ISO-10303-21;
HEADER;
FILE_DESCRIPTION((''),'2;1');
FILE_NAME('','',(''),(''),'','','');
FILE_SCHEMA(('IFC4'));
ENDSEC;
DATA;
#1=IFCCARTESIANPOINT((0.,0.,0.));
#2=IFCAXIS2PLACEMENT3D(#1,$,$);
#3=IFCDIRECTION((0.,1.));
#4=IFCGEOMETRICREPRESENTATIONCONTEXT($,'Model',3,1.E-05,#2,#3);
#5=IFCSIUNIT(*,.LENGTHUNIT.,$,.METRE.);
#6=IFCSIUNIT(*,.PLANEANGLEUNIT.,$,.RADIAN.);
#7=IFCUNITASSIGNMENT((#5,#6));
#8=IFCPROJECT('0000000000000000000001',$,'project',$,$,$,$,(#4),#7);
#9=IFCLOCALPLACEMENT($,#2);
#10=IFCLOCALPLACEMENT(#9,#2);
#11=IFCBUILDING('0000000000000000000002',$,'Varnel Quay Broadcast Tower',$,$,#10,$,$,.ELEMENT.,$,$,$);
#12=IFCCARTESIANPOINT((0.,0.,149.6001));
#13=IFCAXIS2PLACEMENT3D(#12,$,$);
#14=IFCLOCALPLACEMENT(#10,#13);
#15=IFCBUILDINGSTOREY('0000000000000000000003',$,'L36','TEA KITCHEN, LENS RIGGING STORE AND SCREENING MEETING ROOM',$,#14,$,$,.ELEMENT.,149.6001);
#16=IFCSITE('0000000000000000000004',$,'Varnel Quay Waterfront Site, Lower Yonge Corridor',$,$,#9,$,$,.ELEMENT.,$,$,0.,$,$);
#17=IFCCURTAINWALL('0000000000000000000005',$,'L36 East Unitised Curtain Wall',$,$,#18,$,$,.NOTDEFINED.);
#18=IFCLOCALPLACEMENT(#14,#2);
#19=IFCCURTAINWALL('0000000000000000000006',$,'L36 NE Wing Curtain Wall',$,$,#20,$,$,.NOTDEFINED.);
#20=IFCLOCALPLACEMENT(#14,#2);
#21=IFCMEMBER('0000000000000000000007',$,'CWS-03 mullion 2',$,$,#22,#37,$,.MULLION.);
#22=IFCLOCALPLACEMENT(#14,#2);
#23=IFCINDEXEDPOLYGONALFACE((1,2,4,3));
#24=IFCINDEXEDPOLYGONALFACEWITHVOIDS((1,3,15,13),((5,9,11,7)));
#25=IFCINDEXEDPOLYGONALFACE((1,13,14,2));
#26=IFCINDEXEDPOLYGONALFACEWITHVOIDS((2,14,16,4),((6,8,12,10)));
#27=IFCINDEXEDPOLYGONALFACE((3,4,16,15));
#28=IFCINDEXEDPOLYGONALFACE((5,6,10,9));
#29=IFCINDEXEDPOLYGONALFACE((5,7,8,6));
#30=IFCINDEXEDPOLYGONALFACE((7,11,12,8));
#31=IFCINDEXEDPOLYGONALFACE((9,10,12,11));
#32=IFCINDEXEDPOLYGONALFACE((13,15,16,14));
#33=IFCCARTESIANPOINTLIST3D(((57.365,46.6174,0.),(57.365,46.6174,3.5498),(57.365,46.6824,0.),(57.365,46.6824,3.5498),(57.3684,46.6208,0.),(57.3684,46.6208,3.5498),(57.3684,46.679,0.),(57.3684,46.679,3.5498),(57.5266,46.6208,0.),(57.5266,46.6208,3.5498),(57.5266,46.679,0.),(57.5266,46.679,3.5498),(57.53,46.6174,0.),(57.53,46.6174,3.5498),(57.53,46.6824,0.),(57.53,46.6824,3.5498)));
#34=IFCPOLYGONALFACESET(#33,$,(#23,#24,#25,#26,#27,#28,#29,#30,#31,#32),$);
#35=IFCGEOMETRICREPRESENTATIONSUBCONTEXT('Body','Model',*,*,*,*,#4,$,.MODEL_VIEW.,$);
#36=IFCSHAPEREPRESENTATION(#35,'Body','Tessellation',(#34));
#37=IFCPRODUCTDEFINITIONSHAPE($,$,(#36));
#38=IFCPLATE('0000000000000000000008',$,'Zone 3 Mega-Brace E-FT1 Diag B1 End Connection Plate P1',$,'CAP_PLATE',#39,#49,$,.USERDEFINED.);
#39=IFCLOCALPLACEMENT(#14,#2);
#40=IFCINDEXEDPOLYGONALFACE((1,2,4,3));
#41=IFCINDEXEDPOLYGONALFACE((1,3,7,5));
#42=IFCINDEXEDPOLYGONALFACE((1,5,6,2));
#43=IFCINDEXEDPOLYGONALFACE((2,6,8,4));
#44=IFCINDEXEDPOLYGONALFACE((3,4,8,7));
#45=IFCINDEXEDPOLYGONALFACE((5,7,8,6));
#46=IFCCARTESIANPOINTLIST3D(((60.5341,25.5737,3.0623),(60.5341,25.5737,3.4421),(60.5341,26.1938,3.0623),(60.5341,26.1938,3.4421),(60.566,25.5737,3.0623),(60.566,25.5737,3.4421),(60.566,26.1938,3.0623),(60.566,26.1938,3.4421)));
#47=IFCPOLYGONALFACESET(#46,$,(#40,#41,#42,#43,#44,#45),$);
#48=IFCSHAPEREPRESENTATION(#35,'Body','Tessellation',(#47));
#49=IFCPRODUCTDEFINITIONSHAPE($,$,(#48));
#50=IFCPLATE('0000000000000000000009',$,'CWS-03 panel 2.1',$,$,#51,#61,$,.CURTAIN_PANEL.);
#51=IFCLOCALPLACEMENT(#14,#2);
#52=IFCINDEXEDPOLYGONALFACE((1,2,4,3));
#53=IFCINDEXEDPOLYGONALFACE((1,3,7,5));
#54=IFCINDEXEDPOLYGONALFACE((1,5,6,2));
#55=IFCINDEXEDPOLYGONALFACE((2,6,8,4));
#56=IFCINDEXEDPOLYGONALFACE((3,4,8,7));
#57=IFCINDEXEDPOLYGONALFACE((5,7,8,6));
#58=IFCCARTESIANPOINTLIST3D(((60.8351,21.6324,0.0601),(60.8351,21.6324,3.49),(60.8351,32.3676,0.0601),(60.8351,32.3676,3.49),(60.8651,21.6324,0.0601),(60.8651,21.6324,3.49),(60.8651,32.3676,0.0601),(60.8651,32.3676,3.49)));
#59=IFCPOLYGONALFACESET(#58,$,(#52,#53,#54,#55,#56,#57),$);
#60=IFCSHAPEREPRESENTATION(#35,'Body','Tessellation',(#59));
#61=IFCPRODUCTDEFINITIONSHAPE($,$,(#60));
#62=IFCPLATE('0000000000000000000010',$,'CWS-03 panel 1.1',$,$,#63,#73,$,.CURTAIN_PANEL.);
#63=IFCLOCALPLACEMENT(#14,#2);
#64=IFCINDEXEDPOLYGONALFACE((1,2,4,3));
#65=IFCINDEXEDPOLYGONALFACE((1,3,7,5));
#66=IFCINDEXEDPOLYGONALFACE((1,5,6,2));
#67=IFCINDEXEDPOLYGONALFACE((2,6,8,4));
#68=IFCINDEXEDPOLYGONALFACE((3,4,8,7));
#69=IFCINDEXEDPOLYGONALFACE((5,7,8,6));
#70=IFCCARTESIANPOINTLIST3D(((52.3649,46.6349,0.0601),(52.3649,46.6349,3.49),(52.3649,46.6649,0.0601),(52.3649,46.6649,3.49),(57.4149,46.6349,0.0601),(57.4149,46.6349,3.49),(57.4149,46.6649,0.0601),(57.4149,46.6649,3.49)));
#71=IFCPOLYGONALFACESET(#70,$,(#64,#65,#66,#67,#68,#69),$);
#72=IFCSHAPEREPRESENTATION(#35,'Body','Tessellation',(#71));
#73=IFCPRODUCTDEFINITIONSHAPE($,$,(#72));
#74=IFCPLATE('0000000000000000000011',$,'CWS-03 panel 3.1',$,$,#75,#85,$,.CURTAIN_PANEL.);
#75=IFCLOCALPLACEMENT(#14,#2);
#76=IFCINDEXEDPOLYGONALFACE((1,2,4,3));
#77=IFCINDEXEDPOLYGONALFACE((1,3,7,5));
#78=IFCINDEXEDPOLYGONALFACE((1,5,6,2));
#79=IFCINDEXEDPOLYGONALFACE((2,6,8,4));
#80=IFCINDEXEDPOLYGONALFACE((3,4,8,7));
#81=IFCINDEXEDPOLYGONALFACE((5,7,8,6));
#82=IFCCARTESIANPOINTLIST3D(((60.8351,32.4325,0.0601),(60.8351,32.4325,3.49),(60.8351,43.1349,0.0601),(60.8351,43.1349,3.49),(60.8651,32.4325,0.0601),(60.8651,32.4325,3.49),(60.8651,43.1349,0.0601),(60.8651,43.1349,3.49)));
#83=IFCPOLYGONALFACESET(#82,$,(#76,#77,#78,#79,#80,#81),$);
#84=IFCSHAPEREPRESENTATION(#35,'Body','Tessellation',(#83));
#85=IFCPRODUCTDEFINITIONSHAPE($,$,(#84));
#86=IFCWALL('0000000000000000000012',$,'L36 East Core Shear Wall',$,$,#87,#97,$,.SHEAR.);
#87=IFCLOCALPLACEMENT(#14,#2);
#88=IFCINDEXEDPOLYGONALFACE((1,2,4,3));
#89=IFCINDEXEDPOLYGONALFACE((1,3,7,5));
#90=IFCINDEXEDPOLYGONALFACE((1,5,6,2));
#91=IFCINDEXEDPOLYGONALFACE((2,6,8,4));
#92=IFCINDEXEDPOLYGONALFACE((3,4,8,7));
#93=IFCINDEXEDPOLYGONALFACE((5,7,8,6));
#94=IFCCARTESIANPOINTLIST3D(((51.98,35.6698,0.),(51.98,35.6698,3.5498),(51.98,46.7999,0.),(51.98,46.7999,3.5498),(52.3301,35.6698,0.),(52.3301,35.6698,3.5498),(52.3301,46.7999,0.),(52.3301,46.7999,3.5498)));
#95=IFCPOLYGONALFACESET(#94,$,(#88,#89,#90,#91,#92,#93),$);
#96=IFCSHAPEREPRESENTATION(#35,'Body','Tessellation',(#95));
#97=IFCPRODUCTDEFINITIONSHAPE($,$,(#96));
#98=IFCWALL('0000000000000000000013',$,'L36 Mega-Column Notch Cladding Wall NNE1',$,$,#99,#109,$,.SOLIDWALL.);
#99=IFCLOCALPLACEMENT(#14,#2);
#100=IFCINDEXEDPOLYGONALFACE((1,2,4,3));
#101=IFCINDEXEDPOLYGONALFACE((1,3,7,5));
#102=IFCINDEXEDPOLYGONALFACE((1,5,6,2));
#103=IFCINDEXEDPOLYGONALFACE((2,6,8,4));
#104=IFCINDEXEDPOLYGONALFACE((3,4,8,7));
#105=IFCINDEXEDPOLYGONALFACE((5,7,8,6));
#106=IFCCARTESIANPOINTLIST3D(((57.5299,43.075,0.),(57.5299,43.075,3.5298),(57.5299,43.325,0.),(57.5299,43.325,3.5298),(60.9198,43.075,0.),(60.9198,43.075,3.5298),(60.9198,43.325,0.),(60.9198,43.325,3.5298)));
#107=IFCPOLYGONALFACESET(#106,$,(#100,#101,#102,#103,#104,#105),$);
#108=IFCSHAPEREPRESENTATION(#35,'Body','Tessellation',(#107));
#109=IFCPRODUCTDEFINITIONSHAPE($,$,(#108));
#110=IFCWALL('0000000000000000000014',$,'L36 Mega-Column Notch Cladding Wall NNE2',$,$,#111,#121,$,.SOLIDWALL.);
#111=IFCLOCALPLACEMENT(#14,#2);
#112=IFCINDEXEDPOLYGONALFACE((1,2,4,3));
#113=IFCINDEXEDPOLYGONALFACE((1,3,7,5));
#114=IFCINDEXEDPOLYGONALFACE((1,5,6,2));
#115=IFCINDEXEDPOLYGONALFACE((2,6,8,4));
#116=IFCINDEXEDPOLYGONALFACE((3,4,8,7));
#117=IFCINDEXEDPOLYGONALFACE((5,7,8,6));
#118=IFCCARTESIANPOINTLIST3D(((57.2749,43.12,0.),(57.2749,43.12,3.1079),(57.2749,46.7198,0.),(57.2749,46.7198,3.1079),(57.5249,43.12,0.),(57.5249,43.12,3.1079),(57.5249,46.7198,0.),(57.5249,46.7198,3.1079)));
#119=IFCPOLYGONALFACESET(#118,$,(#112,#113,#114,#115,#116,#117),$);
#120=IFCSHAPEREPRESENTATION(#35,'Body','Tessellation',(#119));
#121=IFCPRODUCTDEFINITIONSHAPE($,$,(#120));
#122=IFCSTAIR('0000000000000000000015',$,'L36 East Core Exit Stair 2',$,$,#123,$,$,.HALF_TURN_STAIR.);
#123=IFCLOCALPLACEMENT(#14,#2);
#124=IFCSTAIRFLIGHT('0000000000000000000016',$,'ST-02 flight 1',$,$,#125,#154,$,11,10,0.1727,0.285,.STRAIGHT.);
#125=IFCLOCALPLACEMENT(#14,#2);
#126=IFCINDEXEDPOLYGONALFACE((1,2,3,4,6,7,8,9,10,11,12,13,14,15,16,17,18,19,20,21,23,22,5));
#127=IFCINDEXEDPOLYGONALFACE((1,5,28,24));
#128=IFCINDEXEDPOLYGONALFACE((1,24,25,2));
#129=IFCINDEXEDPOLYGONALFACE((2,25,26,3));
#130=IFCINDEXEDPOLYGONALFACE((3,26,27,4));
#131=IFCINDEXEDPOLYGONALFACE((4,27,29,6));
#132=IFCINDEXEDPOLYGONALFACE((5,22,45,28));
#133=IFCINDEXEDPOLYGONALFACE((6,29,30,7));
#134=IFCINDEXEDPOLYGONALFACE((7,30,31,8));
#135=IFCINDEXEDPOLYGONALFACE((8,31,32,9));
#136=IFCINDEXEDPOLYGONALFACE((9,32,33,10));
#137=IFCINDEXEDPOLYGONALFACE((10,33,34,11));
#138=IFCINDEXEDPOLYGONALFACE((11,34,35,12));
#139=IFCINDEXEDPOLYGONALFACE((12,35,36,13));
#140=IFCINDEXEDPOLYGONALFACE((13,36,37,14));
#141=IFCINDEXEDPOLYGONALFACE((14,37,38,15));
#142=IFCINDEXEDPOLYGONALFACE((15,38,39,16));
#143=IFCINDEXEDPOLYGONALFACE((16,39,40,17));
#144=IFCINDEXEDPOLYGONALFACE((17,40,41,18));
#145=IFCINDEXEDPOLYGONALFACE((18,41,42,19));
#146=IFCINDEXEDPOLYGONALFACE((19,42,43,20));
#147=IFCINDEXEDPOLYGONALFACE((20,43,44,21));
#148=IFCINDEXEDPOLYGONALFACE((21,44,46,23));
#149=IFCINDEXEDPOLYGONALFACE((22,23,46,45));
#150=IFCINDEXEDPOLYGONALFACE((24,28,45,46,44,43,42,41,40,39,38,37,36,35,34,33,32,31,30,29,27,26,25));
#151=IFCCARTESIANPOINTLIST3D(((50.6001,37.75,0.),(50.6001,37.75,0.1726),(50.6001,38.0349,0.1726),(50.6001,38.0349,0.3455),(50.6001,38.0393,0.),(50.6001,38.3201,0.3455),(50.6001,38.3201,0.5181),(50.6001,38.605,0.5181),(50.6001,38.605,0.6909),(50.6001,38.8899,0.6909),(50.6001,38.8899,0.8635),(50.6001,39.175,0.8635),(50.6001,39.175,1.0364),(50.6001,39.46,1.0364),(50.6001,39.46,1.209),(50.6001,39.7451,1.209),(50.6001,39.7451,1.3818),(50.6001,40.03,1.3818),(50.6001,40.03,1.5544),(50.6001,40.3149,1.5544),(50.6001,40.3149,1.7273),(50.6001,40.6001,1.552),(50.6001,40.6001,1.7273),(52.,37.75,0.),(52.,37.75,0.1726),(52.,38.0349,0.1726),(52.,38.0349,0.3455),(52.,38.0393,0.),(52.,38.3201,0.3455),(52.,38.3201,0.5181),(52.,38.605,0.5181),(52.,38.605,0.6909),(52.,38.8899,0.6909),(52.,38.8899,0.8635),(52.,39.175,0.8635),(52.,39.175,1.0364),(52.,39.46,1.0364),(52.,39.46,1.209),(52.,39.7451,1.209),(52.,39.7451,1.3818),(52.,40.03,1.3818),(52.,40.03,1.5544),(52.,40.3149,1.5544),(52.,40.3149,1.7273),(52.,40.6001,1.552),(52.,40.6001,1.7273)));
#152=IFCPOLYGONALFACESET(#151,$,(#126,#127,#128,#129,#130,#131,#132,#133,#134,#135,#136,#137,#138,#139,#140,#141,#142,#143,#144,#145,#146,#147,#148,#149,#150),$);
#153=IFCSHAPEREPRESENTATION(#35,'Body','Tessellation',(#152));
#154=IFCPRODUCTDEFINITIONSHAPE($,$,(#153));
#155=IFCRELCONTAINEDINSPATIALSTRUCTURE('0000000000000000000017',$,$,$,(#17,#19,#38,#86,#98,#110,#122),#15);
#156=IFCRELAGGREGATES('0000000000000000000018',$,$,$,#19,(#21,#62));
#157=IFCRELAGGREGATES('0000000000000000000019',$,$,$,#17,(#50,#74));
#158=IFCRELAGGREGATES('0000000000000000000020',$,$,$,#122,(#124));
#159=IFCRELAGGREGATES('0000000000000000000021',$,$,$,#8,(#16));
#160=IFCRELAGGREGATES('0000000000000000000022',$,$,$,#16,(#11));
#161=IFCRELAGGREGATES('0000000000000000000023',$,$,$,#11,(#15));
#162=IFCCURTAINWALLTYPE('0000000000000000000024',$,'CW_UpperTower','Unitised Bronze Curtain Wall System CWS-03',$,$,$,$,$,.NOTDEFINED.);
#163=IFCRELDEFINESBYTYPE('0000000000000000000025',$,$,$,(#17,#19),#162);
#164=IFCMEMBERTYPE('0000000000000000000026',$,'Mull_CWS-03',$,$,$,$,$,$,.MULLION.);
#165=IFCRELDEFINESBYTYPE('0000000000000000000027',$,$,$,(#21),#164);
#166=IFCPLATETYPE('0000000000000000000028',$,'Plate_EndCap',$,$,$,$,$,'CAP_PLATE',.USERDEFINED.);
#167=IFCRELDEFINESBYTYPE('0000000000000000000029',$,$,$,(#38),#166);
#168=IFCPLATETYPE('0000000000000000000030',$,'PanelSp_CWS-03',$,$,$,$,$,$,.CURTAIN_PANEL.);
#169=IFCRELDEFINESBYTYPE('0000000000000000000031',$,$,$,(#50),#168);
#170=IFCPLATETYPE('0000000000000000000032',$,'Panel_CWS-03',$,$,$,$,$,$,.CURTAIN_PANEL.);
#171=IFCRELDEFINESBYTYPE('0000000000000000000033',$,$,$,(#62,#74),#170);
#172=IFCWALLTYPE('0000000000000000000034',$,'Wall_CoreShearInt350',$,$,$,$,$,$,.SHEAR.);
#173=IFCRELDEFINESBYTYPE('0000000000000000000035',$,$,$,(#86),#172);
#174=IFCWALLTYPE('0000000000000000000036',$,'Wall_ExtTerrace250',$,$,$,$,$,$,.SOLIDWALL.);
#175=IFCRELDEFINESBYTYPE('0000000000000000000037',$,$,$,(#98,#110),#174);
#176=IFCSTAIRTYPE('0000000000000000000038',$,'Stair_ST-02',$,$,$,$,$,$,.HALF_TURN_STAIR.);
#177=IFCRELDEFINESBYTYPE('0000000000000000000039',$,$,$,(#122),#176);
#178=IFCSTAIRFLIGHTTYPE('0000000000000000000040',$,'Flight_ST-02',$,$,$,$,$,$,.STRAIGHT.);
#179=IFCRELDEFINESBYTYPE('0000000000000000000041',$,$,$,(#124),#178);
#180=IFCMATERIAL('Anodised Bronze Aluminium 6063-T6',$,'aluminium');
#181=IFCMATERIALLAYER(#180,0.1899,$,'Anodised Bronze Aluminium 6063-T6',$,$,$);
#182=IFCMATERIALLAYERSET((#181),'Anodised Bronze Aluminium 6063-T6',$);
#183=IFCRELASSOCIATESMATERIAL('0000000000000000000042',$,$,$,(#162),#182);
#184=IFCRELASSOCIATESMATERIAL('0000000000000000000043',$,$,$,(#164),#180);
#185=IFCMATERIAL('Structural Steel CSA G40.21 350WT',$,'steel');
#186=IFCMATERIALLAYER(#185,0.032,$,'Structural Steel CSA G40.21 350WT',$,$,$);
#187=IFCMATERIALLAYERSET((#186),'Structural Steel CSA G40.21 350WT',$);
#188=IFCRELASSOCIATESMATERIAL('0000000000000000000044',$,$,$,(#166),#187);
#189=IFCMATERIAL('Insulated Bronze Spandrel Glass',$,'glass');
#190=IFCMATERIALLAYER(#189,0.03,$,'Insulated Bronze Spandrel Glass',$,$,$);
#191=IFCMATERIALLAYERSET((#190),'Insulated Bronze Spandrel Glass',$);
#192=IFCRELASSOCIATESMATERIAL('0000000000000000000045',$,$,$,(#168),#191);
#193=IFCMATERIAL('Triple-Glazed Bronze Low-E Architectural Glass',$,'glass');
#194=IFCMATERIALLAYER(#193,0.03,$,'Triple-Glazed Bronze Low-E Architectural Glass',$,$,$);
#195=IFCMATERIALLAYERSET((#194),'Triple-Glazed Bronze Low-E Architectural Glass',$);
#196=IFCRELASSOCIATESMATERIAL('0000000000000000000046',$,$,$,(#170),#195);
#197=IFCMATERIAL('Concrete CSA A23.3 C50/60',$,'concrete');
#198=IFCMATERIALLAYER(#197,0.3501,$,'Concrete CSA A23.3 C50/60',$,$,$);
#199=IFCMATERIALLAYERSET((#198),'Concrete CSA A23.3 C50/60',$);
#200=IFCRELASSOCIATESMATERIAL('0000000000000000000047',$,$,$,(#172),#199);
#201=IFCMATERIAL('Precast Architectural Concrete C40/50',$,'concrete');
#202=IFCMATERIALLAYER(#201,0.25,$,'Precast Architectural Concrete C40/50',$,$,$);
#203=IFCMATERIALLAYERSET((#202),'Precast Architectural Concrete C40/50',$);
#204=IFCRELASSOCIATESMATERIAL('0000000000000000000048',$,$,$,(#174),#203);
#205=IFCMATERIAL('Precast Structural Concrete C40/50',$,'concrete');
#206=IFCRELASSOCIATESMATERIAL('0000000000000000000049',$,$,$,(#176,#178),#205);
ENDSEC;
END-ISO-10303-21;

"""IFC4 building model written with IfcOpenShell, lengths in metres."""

from ifc_helpers import new_model, si_unit, direction, frame, frame_2d, origin, origin_2d, place, context, subcontext, project, spatial, polyline, rectangle, hollow_rectangle, outline, extrude, source, transform, mapped, material, layer, layer_set, material_profile, profile_set, type_object, type_shapes, element, aggregate, save


model = new_model("IFC4")

# Units and contexts
model_context = context("Model", 3, precision=1e-05, world=origin(), true_north=direction((0.0, 1.0)))
body_context = subcontext(model_context, "Body", "Model", "MODEL_VIEW")
ifc_project = project(units=[si_unit("LENGTHUNIT", "METRE"), si_unit("PLANEANGLEUNIT", "RADIAN")], contexts=[model_context])

# Site, building, storey
site_placement = place(None, origin())
site = spatial("IfcSite", under=ifc_project, at=site_placement, Name="Varnel Quay Waterfront Site, Lower Yonge Corridor", CompositionType="ELEMENT", RefElevation=0.0)
building_placement = place(site_placement, origin())
building = spatial("IfcBuilding", under=site, at=building_placement, Name="Varnel Quay Broadcast Tower", CompositionType="ELEMENT")
storey_placement = place(building_placement, frame((0.0, 0.0, 149.6001)))
storey = spatial("IfcBuildingStorey", under=building, at=storey_placement, Name="L36", Description="TEA KITCHEN, LENS RIGGING STORE AND SCREENING MEETING ROOM", CompositionType="ELEMENT", Elevation=149.6001)

# Shared definitions
ifc_material_1 = material(Name="Structural Steel CSA G40.21 350WT", Category="steel")

# Curtain walls
ifc_material_2 = material(Name="Anodised Bronze Aluminium 6063-T6", Category="aluminium")
ifc_layer_1 = layer(ifc_material_2, 0.1899, Name="Anodised Bronze Aluminium 6063-T6")
ifc_layer_set_1 = layer_set([ifc_layer_1], Name="Anodised Bronze Aluminium 6063-T6")
curtain_wall_type = type_object("IfcCurtainWallType", Name="CW_UpperTower", Description="Unitised Bronze Curtain Wall System CWS-03", PredefinedType="NOTDEFINED", material=ifc_layer_set_1)
curtain_wall_1_placement = place(storey_placement, origin())
curtain_wall_1 = element("IfcCurtainWall", 1, at=curtain_wall_1_placement, inside=storey, type_object=curtain_wall_type, Name="L36 East Unitised Curtain Wall", PredefinedType="NOTDEFINED")
curtain_wall_2_placement = place(storey_placement, origin())
curtain_wall_2 = element("IfcCurtainWall", 2, at=curtain_wall_2_placement, inside=storey, type_object=curtain_wall_type, Name="L36 NE Wing Curtain Wall", PredefinedType="NOTDEFINED")

# Member
ifc_material_profile_1 = material_profile(ifc_material_2, hollow_rectangle(XDim=0.0649, YDim=0.165, WallThickness=0.0034, at=origin_2d()), Name="ALU65X165X3.5")
ifc_profile_set_1 = profile_set([ifc_material_profile_1], Name="Anodised Bronze Aluminium 6063-T6")
member_type_1 = type_object("IfcMemberType", Name="Mull_CWS-03", PredefinedType="MULLION", material=ifc_profile_set_1)
shared_shape_1 = source(origin(), body_context, "Body", "SweptSolid", [
    extrude(hollow_rectangle(XDim=0.0649, YDim=0.165, WallThickness=0.0034, at=origin_2d()), origin(), (0.0, 0.0, 1.0), 3.5498),
])
type_shapes(member_type_1, [shared_shape_1])
member_1_placement = place(storey_placement, frame((57.4475, 46.6499, 0.0), z_axis=(0.0, 0.0, 1.0), x_axis=(0.0, 1.0, 0.0)))
member_1 = element("IfcMember", 3, at=member_1_placement, type_object=member_type_1, Name="CWS-03 mullion 2", PredefinedType="MULLION", context=body_context, shape_type="MappedRepresentation", body=[
    mapped(shared_shape_1, transform((0.0, 0.0, 0.0), x_axis=(1.0, 0.0, 0.0), y_axis=(0.0, 1.0, 0.0), z_axis=(0.0, 0.0, 1.0), scale=1.0)),
])

# Plates
ifc_layer_2 = layer(ifc_material_1, 0.032, Name="Structural Steel CSA G40.21 350WT")
ifc_layer_set_2 = layer_set([ifc_layer_2], Name="Structural Steel CSA G40.21 350WT")
plate_type_1 = type_object("IfcPlateType", Name="Plate_EndCap", ElementType="CAP_PLATE", PredefinedType="USERDEFINED", material=ifc_layer_set_2)
shared_shape_2 = source(origin(), body_context, "Body", "SweptSolid", [
    extrude(rectangle(XDim=0.6201, YDim=0.032, at=origin_2d()), origin(), (0.0, 0.0, 1.0), 0.3799),
])
type_shapes(plate_type_1, [shared_shape_2])
plate_1_placement = place(storey_placement, frame((60.55, 25.8838, 3.0623), z_axis=(0.0, 0.0, 1.0), x_axis=(0.0, 1.0, 0.0)))
element("IfcPlate", 4, at=plate_1_placement, inside=storey, type_object=plate_type_1, Name="Zone 3 Mega-Brace E-FT1 Diag B1 End Connection Plate P1", ObjectType="CAP_PLATE", PredefinedType="USERDEFINED", context=body_context, shape_type="MappedRepresentation", body=[
    mapped(shared_shape_2, transform((0.0, 0.0, 0.0), x_axis=(1.0, 0.0, 0.0), y_axis=(0.0, 1.0, 0.0), z_axis=(0.0, 0.0, 1.0), scale=1.0)),
])
ifc_material_3 = material(Name="Insulated Bronze Spandrel Glass", Category="glass")
ifc_layer_3 = layer(ifc_material_3, 0.03, Name="Insulated Bronze Spandrel Glass")
ifc_layer_set_3 = layer_set([ifc_layer_3], Name="Insulated Bronze Spandrel Glass")
plate_type_2 = type_object("IfcPlateType", Name="PanelSp_CWS-03", PredefinedType="CURTAIN_PANEL", material=ifc_layer_set_3)
shared_shape_3 = source(origin(), body_context, "Body", "SweptSolid", [
    extrude(rectangle(XDim=10.7351, YDim=0.03, at=origin_2d()), origin(), (0.0, 0.0, 1.0), 3.4299),
])
type_shapes(plate_type_2, [shared_shape_3])
plate_2_placement = place(storey_placement, frame((60.8501, 27.0, 0.0601), z_axis=(0.0, 0.0, 1.0), x_axis=(0.0, 1.0, 0.0)))
plate_2 = element("IfcPlate", 5, at=plate_2_placement, type_object=plate_type_2, Name="CWS-03 panel 2.1", PredefinedType="CURTAIN_PANEL", context=body_context, shape_type="MappedRepresentation", body=[
    mapped(shared_shape_3, transform((0.0, 0.0, 0.0), x_axis=(1.0, 0.0, 0.0), y_axis=(0.0, 1.0, 0.0), z_axis=(0.0, 0.0, 1.0), scale=1.0)),
])
ifc_material_4 = material(Name="Triple-Glazed Bronze Low-E Architectural Glass", Category="glass")
ifc_layer_4 = layer(ifc_material_4, 0.03, Name="Triple-Glazed Bronze Low-E Architectural Glass")
ifc_layer_set_4 = layer_set([ifc_layer_4], Name="Triple-Glazed Bronze Low-E Architectural Glass")
plate_type_3 = type_object("IfcPlateType", Name="Panel_CWS-03", PredefinedType="CURTAIN_PANEL", material=ifc_layer_set_4)
shared_shape_4 = source(origin(), body_context, "Body", "SweptSolid", [
    extrude(rectangle(XDim=5.05, YDim=0.03, at=origin_2d()), origin(), (0.0, 0.0, 1.0), 3.4299),
])
plate_3_placement = place(storey_placement, frame((54.8899, 46.6499, 0.0601), z_axis=(0.0, 0.0, 1.0), x_axis=(1.0, 0.0, 0.0)))
plate_3 = element("IfcPlate", 6, at=plate_3_placement, type_object=plate_type_3, Name="CWS-03 panel 1.1", PredefinedType="CURTAIN_PANEL", context=body_context, shape_type="MappedRepresentation", body=[
    mapped(shared_shape_4, transform((0.0, 0.0, 0.0), x_axis=(1.0, 0.0, 0.0), y_axis=(0.0, 1.0, 0.0), z_axis=(0.0, 0.0, 1.0), scale=1.0)),
])
aggregate(curtain_wall_2, [member_1, plate_3])
shared_shape_5 = source(origin(), body_context, "Body", "SweptSolid", [
    extrude(rectangle(XDim=10.7024, YDim=0.03, at=origin_2d()), origin(), (0.0, 0.0, 1.0), 3.4299),
])
type_shapes(plate_type_3, [shared_shape_4, shared_shape_5])
plate_4_placement = place(storey_placement, frame((60.8501, 37.7837, 0.0601), z_axis=(0.0, 0.0, 1.0), x_axis=(0.0, 1.0, 0.0)))
plate_4 = element("IfcPlate", 7, at=plate_4_placement, type_object=plate_type_3, Name="CWS-03 panel 3.1", PredefinedType="CURTAIN_PANEL", context=body_context, shape_type="MappedRepresentation", body=[
    mapped(shared_shape_5, transform((0.0, 0.0, 0.0), x_axis=(1.0, 0.0, 0.0), y_axis=(0.0, 1.0, 0.0), z_axis=(0.0, 0.0, 1.0), scale=1.0)),
])
aggregate(curtain_wall_1, [plate_2, plate_4])

# Walls
ifc_material_5 = material(Name="Concrete CSA A23.3 C50/60", Category="concrete")
ifc_layer_5 = layer(ifc_material_5, 0.3501, Name="Concrete CSA A23.3 C50/60")
ifc_layer_set_5 = layer_set([ifc_layer_5], Name="Concrete CSA A23.3 C50/60")
wall_type_1 = type_object("IfcWallType", Name="Wall_CoreShearInt350", PredefinedType="SHEAR", material=ifc_layer_set_5)
wall_1_placement = place(storey_placement, frame((52.155, 35.6699, 0.0), z_axis=(0.0, 0.0, 1.0), x_axis=(0.0, 1.0, 0.0)))
element("IfcWall", 8, at=wall_1_placement, inside=storey, type_object=wall_type_1, Name="L36 East Core Shear Wall", PredefinedType="SHEAR", context=body_context, shape_type="SweptSolid", body=[
    extrude(rectangle(XDim=11.1301, YDim=0.3501, at=frame_2d((5.5649, 0.0))), origin(), (0.0, 0.0, 1.0), 3.5498),
])
ifc_material_6 = material(Name="Precast Architectural Concrete C40/50", Category="concrete")
ifc_layer_6 = layer(ifc_material_6, 0.25, Name="Precast Architectural Concrete C40/50")
ifc_layer_set_6 = layer_set([ifc_layer_6], Name="Precast Architectural Concrete C40/50")
wall_type_2 = type_object("IfcWallType", Name="Wall_ExtTerrace250", PredefinedType="SOLIDWALL", material=ifc_layer_set_6)
wall_2_placement = place(storey_placement, frame((57.53, 43.2, 0.0), z_axis=(0.0, 0.0, 1.0), x_axis=(1.0, 0.0, 0.0)))
element("IfcWall", 9, at=wall_2_placement, inside=storey, type_object=wall_type_2, Name="L36 Mega-Column Notch Cladding Wall NNE1", PredefinedType="SOLIDWALL", context=body_context, shape_type="SweptSolid", body=[
    extrude(rectangle(XDim=3.3899, YDim=0.25, at=frame_2d((1.6948, 0.0))), origin(), (0.0, 0.0, 1.0), 3.5298),
])
wall_3_placement = place(storey_placement, frame((57.3999, 43.1201, 0.0), z_axis=(0.0, 0.0, 1.0), x_axis=(0.0, 1.0, 0.0)))
element("IfcWall", 10, at=wall_3_placement, inside=storey, type_object=wall_type_2, Name="L36 Mega-Column Notch Cladding Wall NNE2", PredefinedType="SOLIDWALL", context=body_context, shape_type="SweptSolid", body=[
    extrude(rectangle(XDim=3.5999, YDim=0.25, at=frame_2d((1.7998, 0.0))), origin(), (0.0, 0.0, 1.0), 3.1079),
])

# Stair, stair flight
ifc_material_7 = material(Name="Precast Structural Concrete C40/50", Category="concrete")
stair_type = type_object("IfcStairType", Name="Stair_ST-02", PredefinedType="HALF_TURN_STAIR", material=ifc_material_7)
stair_placement = place(storey_placement, origin())
stair = element("IfcStair", 11, at=stair_placement, inside=storey, type_object=stair_type, Name="L36 East Core Exit Stair 2", PredefinedType="HALF_TURN_STAIR")
stair_flight_type = type_object("IfcStairFlightType", Name="Flight_ST-02", PredefinedType="STRAIGHT", material=ifc_material_7)
stair_flight_1_placement = place(storey_placement, frame((51.3, 37.75, 0.0), z_axis=(0.0, 0.0, 1.0), x_axis=(0.0, 1.0, 0.0)))
stair_flight_1 = element("IfcStairFlight", 12, at=stair_flight_1_placement, type_object=stair_flight_type, Name="ST-02 flight 1", NumberOfRisers=11, NumberOfTreads=10, PredefinedType="STRAIGHT", RiserHeight=0.1727, TreadLength=0.285, context=body_context, shape_type="SweptSolid", body=[
    extrude(outline(polyline([(0.0, 0.0), (0.0, 0.1726), (0.2849, 0.1726), (0.2849, 0.3455), (0.5701, 0.3455), (0.5701, 0.5181), (0.855, 0.5181), (0.855, 0.6909), (1.1399, 0.6909), (1.1399, 0.8635), (1.425, 0.8635), (1.425, 1.0364), (1.71, 1.0364), (1.71, 1.209), (1.9951, 1.209), (1.9951, 1.3818), (2.28, 1.3818), (2.28, 1.5544), (2.5649, 1.5544), (2.5649, 1.7273), (2.8501, 1.7273), (2.8501, 1.8999), (2.8501, 1.552), (0.2893, 0.0), (0.0, 0.0)])), frame((0.0, 0.7, 0.0), z_axis=(0.0, -1.0, 0.0), x_axis=(1.0, 0.0, 0.0)), (0.0, 0.0, 1.0), 1.3999),
])
aggregate(stair, [stair_flight_1])

save(model, "model.ifc")
